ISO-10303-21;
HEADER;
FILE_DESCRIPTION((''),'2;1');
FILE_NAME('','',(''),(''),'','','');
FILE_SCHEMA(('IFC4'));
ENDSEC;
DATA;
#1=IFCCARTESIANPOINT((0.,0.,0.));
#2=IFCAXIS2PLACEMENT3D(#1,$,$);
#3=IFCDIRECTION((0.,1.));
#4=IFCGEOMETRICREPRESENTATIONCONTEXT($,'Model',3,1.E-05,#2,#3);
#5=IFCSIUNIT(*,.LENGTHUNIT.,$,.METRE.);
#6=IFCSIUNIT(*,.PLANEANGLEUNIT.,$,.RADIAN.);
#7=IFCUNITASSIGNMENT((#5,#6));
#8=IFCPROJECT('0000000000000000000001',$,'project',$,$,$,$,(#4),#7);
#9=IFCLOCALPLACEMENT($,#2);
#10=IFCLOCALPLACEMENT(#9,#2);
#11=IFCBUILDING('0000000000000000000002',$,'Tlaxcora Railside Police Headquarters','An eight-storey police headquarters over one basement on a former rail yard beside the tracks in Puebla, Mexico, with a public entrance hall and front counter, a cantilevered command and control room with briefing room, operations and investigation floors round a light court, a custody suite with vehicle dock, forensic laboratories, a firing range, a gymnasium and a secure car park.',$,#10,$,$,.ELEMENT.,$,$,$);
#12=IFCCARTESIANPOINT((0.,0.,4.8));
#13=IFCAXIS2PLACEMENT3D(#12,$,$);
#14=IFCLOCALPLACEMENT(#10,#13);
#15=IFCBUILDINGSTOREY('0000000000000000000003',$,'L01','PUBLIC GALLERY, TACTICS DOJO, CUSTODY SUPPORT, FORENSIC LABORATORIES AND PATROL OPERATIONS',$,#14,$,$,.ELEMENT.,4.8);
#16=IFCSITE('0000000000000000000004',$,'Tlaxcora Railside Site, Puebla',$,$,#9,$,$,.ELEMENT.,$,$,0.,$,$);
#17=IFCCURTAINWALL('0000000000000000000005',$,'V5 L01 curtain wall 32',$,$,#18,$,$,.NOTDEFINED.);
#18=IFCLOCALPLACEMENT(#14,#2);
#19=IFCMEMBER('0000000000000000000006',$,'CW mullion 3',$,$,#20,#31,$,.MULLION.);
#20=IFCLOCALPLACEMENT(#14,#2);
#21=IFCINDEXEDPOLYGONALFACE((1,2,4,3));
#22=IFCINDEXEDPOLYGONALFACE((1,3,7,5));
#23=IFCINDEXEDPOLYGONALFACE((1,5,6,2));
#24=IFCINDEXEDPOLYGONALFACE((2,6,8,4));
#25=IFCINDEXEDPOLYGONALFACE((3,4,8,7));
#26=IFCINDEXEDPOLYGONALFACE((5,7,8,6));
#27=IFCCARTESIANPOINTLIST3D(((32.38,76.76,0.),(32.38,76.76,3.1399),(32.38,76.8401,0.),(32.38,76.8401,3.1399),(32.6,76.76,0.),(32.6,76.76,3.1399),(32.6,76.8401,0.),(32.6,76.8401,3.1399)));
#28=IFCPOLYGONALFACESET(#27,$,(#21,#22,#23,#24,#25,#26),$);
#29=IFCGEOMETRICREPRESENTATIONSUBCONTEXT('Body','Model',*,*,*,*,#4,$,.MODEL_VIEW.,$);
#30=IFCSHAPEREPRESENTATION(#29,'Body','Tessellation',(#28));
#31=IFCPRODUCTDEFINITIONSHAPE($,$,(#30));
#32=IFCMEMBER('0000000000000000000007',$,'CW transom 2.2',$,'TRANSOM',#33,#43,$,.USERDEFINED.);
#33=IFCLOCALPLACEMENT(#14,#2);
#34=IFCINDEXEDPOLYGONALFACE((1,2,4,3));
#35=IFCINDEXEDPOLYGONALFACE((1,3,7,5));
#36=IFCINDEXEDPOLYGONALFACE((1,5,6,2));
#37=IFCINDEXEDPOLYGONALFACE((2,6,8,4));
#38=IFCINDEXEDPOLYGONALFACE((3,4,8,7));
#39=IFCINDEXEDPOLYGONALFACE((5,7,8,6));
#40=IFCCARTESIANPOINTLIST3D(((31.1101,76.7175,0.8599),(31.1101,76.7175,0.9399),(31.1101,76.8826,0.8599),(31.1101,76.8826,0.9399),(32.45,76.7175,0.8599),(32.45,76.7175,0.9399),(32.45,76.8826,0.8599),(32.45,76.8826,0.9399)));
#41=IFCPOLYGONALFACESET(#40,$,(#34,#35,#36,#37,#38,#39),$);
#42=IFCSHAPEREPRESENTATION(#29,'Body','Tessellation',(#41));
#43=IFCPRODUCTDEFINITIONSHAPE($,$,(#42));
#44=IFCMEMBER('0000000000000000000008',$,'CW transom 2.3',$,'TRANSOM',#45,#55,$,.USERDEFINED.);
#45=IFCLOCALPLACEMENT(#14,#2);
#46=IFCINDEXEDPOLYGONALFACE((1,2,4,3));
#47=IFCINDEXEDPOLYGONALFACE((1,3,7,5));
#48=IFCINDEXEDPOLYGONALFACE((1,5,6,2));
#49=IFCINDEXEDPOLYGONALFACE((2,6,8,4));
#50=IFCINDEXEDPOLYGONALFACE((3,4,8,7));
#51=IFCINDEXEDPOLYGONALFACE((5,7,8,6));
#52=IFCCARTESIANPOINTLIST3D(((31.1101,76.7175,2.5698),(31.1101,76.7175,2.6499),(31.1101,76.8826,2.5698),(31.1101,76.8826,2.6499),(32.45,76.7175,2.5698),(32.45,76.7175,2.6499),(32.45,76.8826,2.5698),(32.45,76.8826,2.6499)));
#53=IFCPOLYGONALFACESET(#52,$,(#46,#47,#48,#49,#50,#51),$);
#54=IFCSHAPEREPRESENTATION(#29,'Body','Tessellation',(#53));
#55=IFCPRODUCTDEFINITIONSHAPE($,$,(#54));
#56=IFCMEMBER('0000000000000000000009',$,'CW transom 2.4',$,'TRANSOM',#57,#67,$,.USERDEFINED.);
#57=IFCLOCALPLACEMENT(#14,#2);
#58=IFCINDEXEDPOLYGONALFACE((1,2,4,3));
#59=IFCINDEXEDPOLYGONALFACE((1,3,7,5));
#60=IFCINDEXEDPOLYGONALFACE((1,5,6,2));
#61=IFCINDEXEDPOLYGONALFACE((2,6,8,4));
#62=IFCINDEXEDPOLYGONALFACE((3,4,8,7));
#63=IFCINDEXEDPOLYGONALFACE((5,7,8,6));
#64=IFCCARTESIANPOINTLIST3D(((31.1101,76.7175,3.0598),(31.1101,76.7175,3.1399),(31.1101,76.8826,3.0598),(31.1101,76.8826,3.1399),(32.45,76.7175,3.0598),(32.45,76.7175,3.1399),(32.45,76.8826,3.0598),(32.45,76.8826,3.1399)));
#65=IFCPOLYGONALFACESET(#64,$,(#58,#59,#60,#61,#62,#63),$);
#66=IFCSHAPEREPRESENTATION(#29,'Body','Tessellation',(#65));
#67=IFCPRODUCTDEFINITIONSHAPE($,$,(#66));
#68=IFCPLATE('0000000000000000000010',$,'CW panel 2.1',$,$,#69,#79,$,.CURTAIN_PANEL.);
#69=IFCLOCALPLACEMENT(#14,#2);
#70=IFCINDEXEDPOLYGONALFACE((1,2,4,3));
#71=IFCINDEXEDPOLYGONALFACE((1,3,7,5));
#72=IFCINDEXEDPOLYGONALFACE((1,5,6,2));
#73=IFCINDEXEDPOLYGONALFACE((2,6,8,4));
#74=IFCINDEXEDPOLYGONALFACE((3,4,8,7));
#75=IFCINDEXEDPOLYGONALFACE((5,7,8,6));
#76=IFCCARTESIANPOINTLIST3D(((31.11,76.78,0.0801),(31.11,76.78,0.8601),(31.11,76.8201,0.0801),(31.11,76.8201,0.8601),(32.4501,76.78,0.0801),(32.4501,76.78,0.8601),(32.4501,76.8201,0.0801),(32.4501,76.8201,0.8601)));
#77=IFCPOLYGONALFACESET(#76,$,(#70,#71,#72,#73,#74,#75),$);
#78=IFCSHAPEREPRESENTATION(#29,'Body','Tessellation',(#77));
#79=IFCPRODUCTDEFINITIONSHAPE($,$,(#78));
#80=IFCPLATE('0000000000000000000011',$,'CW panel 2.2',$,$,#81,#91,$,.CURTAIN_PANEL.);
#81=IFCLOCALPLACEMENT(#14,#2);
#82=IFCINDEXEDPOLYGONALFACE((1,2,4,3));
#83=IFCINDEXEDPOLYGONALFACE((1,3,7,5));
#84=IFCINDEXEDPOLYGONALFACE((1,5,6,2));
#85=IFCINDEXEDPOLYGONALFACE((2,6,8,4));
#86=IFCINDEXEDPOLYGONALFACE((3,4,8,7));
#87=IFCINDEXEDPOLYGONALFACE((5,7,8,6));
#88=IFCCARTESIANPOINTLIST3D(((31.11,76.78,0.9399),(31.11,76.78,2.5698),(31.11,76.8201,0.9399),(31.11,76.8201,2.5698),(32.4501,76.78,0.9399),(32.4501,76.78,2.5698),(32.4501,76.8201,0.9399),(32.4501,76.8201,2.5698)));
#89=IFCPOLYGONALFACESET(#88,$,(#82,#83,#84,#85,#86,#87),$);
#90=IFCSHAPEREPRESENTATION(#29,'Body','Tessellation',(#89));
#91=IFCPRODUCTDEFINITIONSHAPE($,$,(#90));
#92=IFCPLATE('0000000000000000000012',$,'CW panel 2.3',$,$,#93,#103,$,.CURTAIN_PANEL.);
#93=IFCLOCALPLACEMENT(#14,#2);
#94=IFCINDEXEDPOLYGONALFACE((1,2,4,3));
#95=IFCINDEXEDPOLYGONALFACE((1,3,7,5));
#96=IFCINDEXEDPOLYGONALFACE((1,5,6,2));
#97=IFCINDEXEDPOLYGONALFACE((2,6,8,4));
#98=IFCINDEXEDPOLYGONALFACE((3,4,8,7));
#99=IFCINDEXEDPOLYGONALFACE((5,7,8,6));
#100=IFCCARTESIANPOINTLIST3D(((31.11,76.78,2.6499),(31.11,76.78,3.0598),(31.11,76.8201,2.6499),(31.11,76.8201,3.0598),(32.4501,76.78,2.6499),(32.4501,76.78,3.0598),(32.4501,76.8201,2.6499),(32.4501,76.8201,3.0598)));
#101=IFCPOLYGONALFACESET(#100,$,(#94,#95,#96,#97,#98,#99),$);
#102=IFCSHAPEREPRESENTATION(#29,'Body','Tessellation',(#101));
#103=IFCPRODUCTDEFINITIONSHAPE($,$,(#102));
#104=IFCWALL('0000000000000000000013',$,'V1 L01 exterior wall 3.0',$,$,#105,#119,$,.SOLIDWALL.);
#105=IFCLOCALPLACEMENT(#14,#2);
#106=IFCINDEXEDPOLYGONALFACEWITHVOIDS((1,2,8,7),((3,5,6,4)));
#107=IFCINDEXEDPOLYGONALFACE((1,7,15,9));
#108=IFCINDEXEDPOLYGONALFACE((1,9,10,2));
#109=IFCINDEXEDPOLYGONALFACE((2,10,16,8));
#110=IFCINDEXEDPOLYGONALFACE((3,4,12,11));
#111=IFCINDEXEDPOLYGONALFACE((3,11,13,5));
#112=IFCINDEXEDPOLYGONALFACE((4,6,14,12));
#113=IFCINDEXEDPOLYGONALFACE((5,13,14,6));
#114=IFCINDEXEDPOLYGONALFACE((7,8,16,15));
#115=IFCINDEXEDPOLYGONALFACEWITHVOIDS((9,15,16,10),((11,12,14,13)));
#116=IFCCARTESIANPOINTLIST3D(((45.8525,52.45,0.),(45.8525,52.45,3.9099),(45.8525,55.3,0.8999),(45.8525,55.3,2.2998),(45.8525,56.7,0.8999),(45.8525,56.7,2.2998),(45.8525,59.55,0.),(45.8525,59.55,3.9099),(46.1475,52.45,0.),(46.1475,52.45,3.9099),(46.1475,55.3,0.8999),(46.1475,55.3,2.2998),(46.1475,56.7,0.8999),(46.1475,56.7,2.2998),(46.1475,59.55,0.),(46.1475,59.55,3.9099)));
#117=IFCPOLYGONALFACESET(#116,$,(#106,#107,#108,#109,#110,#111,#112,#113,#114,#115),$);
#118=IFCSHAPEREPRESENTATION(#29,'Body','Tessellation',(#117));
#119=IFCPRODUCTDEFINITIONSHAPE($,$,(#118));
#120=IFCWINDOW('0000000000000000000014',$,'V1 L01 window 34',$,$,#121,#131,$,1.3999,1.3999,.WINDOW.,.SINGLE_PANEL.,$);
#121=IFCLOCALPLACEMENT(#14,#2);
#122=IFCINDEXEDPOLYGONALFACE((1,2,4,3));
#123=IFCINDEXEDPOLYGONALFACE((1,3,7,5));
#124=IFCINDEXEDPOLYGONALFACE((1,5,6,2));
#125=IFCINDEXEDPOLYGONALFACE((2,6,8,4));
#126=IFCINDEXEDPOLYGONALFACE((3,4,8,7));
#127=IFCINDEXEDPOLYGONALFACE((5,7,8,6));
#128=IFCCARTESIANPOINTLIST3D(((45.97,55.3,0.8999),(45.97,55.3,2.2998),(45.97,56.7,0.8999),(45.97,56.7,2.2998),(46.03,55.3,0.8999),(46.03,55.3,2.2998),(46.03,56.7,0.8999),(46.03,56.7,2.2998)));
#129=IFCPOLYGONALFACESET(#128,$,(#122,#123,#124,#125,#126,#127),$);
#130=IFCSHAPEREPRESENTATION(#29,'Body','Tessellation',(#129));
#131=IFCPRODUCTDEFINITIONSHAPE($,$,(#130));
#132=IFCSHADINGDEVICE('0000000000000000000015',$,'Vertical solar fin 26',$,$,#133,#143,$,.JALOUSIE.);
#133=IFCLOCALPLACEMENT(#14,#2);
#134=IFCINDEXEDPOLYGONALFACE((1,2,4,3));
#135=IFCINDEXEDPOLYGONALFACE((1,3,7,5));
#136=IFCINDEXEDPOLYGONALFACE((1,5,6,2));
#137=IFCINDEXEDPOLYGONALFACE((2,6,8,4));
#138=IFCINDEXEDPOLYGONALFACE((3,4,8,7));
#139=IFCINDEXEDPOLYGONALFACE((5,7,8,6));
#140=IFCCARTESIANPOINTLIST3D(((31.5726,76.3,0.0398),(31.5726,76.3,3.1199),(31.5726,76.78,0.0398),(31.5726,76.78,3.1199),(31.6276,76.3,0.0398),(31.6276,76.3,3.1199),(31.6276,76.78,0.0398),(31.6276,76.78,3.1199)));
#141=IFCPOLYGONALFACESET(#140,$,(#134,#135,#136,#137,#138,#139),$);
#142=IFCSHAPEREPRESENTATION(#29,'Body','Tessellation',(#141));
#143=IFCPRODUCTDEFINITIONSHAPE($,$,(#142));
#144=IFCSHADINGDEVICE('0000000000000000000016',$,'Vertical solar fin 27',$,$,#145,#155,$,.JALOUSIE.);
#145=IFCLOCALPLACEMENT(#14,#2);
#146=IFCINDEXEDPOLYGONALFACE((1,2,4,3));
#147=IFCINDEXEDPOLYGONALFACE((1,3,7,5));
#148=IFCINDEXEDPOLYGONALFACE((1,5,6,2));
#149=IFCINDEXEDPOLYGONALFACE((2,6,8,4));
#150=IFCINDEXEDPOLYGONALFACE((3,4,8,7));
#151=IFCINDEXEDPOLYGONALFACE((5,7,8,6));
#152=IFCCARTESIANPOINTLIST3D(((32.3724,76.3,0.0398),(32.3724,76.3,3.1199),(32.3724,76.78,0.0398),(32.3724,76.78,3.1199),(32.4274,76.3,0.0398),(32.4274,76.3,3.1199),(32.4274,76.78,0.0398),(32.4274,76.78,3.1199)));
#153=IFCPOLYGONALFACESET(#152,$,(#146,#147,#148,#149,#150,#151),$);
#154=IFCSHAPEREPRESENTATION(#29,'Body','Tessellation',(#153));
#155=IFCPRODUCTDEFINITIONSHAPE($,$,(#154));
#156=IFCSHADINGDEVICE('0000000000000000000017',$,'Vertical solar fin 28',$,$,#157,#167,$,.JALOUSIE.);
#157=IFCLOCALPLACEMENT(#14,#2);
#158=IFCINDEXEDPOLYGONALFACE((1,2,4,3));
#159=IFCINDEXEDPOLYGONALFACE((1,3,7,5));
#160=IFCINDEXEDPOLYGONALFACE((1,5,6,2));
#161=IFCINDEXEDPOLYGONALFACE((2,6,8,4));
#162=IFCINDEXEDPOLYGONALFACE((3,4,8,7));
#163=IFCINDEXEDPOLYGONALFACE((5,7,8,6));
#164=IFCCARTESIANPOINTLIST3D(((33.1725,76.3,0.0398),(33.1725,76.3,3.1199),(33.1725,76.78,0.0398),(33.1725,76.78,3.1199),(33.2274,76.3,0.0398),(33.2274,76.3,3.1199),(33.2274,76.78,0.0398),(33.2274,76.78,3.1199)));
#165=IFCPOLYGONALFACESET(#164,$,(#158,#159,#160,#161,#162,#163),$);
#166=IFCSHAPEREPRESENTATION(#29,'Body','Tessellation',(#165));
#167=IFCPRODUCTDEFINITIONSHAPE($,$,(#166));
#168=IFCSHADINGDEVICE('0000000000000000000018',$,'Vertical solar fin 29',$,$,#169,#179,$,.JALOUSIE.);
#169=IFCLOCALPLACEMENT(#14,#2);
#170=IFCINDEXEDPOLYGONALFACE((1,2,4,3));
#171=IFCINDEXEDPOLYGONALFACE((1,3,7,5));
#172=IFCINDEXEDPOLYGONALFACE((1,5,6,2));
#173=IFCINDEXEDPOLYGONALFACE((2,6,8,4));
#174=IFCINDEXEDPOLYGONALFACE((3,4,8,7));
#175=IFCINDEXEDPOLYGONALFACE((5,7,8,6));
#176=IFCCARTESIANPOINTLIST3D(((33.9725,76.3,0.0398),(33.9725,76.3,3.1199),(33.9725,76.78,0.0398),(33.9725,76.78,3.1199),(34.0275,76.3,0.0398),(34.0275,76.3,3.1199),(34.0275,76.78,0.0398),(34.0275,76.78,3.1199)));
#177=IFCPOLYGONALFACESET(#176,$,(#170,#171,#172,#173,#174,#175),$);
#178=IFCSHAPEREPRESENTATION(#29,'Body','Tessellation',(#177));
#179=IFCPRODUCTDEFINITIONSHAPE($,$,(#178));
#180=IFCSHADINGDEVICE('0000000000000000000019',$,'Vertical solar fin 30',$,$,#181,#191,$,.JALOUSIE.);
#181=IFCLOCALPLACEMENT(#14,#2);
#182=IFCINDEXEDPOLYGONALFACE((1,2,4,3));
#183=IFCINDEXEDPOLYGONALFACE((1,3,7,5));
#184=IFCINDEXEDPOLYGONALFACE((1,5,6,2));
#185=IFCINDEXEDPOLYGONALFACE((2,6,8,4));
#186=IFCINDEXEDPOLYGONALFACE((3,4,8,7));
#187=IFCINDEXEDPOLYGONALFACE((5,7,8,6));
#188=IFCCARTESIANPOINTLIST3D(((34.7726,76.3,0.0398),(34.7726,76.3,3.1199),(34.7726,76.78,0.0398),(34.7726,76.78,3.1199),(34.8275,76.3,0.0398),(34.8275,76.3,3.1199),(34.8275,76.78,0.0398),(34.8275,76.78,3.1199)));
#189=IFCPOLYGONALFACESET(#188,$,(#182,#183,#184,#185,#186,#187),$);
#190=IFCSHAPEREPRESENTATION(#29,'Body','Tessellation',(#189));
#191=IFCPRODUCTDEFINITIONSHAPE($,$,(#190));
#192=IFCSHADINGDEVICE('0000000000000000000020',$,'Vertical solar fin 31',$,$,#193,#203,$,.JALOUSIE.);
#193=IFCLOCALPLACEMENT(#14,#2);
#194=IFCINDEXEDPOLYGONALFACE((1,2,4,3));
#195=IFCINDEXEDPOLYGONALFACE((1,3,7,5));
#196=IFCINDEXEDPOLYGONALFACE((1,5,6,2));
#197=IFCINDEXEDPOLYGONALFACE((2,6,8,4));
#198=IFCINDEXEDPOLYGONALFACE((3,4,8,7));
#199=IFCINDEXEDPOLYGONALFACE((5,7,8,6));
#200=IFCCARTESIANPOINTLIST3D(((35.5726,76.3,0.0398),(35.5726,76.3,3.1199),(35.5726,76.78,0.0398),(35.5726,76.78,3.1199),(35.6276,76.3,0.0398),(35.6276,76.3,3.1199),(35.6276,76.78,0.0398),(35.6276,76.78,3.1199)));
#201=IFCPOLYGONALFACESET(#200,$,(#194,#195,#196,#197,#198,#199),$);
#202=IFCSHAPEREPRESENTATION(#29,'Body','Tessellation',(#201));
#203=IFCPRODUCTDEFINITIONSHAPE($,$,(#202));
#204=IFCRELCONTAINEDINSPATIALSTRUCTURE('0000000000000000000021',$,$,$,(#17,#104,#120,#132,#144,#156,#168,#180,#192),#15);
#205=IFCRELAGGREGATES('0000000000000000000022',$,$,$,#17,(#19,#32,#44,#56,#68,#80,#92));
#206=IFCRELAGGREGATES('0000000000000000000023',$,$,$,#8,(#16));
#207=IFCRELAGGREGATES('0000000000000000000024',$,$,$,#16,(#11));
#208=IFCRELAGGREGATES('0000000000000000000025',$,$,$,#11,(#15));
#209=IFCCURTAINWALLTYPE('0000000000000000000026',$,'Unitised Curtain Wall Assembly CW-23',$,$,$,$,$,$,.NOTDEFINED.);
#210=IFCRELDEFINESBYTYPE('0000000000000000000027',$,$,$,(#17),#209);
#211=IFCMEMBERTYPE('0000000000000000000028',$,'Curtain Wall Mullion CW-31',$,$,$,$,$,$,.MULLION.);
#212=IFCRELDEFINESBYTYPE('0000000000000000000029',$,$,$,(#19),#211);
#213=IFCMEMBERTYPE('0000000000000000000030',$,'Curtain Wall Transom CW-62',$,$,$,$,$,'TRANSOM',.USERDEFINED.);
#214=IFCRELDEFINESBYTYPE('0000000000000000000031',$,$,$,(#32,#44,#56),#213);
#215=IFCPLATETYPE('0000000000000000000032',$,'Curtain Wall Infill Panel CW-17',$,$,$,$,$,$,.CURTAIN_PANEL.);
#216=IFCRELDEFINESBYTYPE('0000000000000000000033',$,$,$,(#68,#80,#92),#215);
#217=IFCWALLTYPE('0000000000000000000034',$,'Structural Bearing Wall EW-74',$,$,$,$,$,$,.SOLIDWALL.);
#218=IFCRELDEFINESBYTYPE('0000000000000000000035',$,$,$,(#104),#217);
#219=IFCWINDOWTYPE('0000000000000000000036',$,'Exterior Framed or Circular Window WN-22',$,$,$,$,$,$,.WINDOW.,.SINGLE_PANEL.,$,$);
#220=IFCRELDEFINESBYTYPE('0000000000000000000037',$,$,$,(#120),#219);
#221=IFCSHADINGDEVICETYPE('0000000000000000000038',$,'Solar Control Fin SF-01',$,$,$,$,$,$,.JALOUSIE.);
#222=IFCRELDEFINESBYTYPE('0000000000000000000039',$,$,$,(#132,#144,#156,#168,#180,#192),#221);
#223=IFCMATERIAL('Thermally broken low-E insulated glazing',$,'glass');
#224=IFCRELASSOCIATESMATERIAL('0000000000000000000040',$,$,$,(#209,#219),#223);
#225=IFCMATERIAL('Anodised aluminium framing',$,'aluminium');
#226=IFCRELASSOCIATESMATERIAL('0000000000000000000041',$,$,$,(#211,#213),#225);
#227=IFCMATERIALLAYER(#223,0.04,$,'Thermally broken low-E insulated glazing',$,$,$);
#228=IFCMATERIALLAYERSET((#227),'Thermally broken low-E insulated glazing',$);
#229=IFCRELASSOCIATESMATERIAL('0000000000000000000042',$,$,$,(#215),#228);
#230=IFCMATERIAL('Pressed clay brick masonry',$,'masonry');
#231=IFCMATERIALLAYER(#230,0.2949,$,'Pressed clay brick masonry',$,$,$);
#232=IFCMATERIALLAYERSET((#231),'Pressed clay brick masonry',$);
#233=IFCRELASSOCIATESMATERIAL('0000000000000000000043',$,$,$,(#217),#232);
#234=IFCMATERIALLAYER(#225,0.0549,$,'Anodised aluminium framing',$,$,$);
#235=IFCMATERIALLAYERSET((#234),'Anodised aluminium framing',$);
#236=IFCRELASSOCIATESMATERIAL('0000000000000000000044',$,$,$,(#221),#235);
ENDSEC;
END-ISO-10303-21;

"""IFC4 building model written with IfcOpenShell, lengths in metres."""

from ifc_helpers import new_model, si_unit, direction, frame, frame_2d, origin, origin_2d, place, context, subcontext, project, spatial, rectangle, extrude, material, layer, layer_set, material_profile, profile_set, type_object, element, fill, aggregate, save


model = new_model("IFC4")

# Units and contexts
model_context = context("Model", 3, precision=1e-05, world=origin(), true_north=direction((0.0, 1.0)))
body_context = subcontext(model_context, "Body", "Model", "MODEL_VIEW")
ifc_project = project(units=[si_unit("LENGTHUNIT", "METRE"), si_unit("PLANEANGLEUNIT", "RADIAN")], contexts=[model_context])

# Site, building, storey
site_placement = place(None, origin())
site = spatial("IfcSite", under=ifc_project, at=site_placement, Name="Tlaxcora Railside Site, Puebla", CompositionType="ELEMENT", RefElevation=0.0)
building_placement = place(site_placement, origin())
building = spatial("IfcBuilding", under=site, at=building_placement, Name="Tlaxcora Railside Police Headquarters", Description="An eight-storey police headquarters over one basement on a former rail yard beside the tracks in Puebla, Mexico, with a public entrance hall and front counter, a cantilevered command and control room with briefing room, operations and investigation floors round a light court, a custody suite with vehicle dock, forensic laboratories, a firing range, a gymnasium and a secure car park.", CompositionType="ELEMENT")
storey_placement = place(building_placement, frame((0.0, 0.0, 4.8)))
storey = spatial("IfcBuildingStorey", under=building, at=storey_placement, Name="L01", Description="PUBLIC GALLERY, TACTICS DOJO, CUSTODY SUPPORT, FORENSIC LABORATORIES AND PATROL OPERATIONS", CompositionType="ELEMENT", Elevation=4.8)

# Curtain wall, members, plates
ifc_material_1 = material(Name="Thermally broken low-E insulated glazing", Category="glass")
curtain_wall_type = type_object("IfcCurtainWallType", Name="Unitised Curtain Wall Assembly CW-23", PredefinedType="NOTDEFINED", material=ifc_material_1)
curtain_wall_placement = place(storey_placement, origin())
curtain_wall = element("IfcCurtainWall", 1, at=curtain_wall_placement, inside=storey, type_object=curtain_wall_type, Name="V5 L01 curtain wall 32", PredefinedType="NOTDEFINED")
ifc_material_2 = material(Name="Anodised aluminium framing", Category="aluminium")
ifc_material_profile_1 = material_profile(ifc_material_2, rectangle(XDim=0.0801, YDim=0.22, at=origin_2d()), Name="AL80X220")
ifc_profile_set_1 = profile_set([ifc_material_profile_1], Name="Anodised aluminium framing")
member_type_1 = type_object("IfcMemberType", Name="Curtain Wall Mullion CW-31", PredefinedType="MULLION", material=ifc_profile_set_1)
member_1_placement = place(storey_placement, frame((32.49, 76.8, 0.0), z_axis=(0.0, 0.0, 1.0), x_axis=(0.0, 1.0, 0.0)))
member_1 = element("IfcMember", 2, at=member_1_placement, type_object=member_type_1, Name="CW mullion 3", PredefinedType="MULLION", context=body_context, shape_type="SweptSolid", body=[
    extrude(rectangle(XDim=0.0801, YDim=0.22, at=origin_2d()), origin(), (0.0, 0.0, 1.0), 3.1399),
])
ifc_material_profile_2 = material_profile(ifc_material_2, rectangle(XDim=0.165, YDim=0.0801, at=origin_2d()), Name="AL80X165")
ifc_profile_set_2 = profile_set([ifc_material_profile_2], Name="Anodised aluminium framing")
member_type_2 = type_object("IfcMemberType", Name="Curtain Wall Transom CW-62", ElementType="TRANSOM", PredefinedType="USERDEFINED", material=ifc_profile_set_2)
member_2_placement = place(storey_placement, frame((31.1101, 76.8, 0.8999), z_axis=(1.0, 0.0, 0.0), x_axis=(0.0, 1.0, 0.0)))
member_2 = element("IfcMember", 3, at=member_2_placement, type_object=member_type_2, Name="CW transom 2.2", ObjectType="TRANSOM", PredefinedType="USERDEFINED", context=body_context, shape_type="SweptSolid", body=[
    extrude(rectangle(XDim=0.165, YDim=0.0801, at=origin_2d()), origin(), (0.0, 0.0, 1.0), 1.3398),
])
member_3_placement = place(storey_placement, frame((31.1101, 76.8, 2.6099), z_axis=(1.0, 0.0, 0.0), x_axis=(0.0, 1.0, 0.0)))
member_3 = element("IfcMember", 4, at=member_3_placement, type_object=member_type_2, Name="CW transom 2.3", ObjectType="TRANSOM", PredefinedType="USERDEFINED", context=body_context, shape_type="SweptSolid", body=[
    extrude(rectangle(XDim=0.165, YDim=0.0801, at=origin_2d()), origin(), (0.0, 0.0, 1.0), 1.3398),
])
member_4_placement = place(storey_placement, frame((31.1101, 76.8, 3.0999), z_axis=(1.0, 0.0, 0.0), x_axis=(0.0, 1.0, 0.0)))
member_4 = element("IfcMember", 5, at=member_4_placement, type_object=member_type_2, Name="CW transom 2.4", ObjectType="TRANSOM", PredefinedType="USERDEFINED", context=body_context, shape_type="SweptSolid", body=[
    extrude(rectangle(XDim=0.165, YDim=0.0801, at=origin_2d()), origin(), (0.0, 0.0, 1.0), 1.3398),
])
ifc_layer_1 = layer(ifc_material_1, 0.04, Name="Thermally broken low-E insulated glazing")
ifc_layer_set_1 = layer_set([ifc_layer_1], Name="Thermally broken low-E insulated glazing")
plate_type = type_object("IfcPlateType", Name="Curtain Wall Infill Panel CW-17", PredefinedType="CURTAIN_PANEL", material=ifc_layer_set_1)
plate_1_placement = place(storey_placement, frame((31.78, 76.8, 0.0801), z_axis=(0.0, 0.0, 1.0), x_axis=(1.0, 0.0, 0.0)))
plate_1 = element("IfcPlate", 6, at=plate_1_placement, type_object=plate_type, Name="CW panel 2.1", PredefinedType="CURTAIN_PANEL", context=body_context, shape_type="SweptSolid", body=[
    extrude(rectangle(XDim=1.3401, YDim=0.04, at=origin_2d()), origin(), (0.0, 0.0, 1.0), 0.78),
])
plate_2_placement = place(storey_placement, frame((31.78, 76.8, 0.9399), z_axis=(0.0, 0.0, 1.0), x_axis=(1.0, 0.0, 0.0)))
plate_2 = element("IfcPlate", 7, at=plate_2_placement, type_object=plate_type, Name="CW panel 2.2", PredefinedType="CURTAIN_PANEL", context=body_context, shape_type="SweptSolid", body=[
    extrude(rectangle(XDim=1.3401, YDim=0.04, at=origin_2d()), origin(), (0.0, 0.0, 1.0), 1.6299),
])
plate_3_placement = place(storey_placement, frame((31.78, 76.8, 2.6499), z_axis=(0.0, 0.0, 1.0), x_axis=(1.0, 0.0, 0.0)))
plate_3 = element("IfcPlate", 8, at=plate_3_placement, type_object=plate_type, Name="CW panel 2.3", PredefinedType="CURTAIN_PANEL", context=body_context, shape_type="SweptSolid", body=[
    extrude(rectangle(XDim=1.3401, YDim=0.04, at=origin_2d()), origin(), (0.0, 0.0, 1.0), 0.4099),
])
aggregate(curtain_wall, [member_1, member_2, member_3, member_4, plate_1, plate_2, plate_3])

# Wall, opening, window
ifc_material_3 = material(Name="Pressed clay brick masonry", Category="masonry")
ifc_layer_2 = layer(ifc_material_3, 0.2949, Name="Pressed clay brick masonry")
ifc_layer_set_2 = layer_set([ifc_layer_2], Name="Pressed clay brick masonry")
wall_type = type_object("IfcWallType", Name="Structural Bearing Wall EW-74", PredefinedType="SOLIDWALL", material=ifc_layer_set_2)
wall_placement = place(storey_placement, frame((46.0, 59.55, 0.0), z_axis=(0.0, 0.0, 1.0), x_axis=(0.0, -1.0, 0.0)))
wall = element("IfcWall", 9, at=wall_placement, inside=storey, type_object=wall_type, Name="V1 L01 exterior wall 3.0", PredefinedType="SOLIDWALL", context=body_context, shape_type="SweptSolid", body=[
    extrude(rectangle(XDim=7.1001, YDim=0.2949, at=frame_2d((3.55, 0.0))), origin(), (0.0, 0.0, 1.0), 3.9099),
])
opening_placement = place(wall_placement, frame((2.8501, 0.0, 0.8999)))
opening = element("IfcOpeningElement", 10, at=opening_placement, cuts=wall, PredefinedType="OPENING", context=body_context, shape_type="SweptSolid", body=[
    extrude(rectangle(XDim=1.3999, YDim=1.3999, at=frame_2d((0.7, 0.7))), frame((0.0, 0.1575, 0.0), z_axis=(0.0, -1.0, 0.0), x_axis=(1.0, 0.0, 0.0)), (0.0, 0.0, 1.0), 0.3149),
])
window_type = type_object("IfcWindowType", Name="Exterior Framed or Circular Window WN-22", PartitioningType="SINGLE_PANEL", PredefinedType="WINDOW", material=ifc_material_1)
window_placement = place(opening_placement, origin())
window = element("IfcWindow", 11, at=window_placement, inside=storey, type_object=window_type, Name="V1 L01 window 34", OverallHeight=1.3999, OverallWidth=1.3999, PartitioningType="SINGLE_PANEL", PredefinedType="WINDOW", context=body_context, shape_type="SweptSolid", body=[
    extrude(rectangle(XDim=1.3999, YDim=1.3999, at=frame_2d((0.7, 0.7))), frame((0.0, 0.03, 0.0), z_axis=(0.0, -1.0, 0.0), x_axis=(1.0, 0.0, 0.0)), (0.0, 0.0, 1.0), 0.0601),
])
fill(opening, window)

# Shading devices
ifc_layer_3 = layer(ifc_material_2, 0.0549, Name="Anodised aluminium framing")
ifc_layer_set_3 = layer_set([ifc_layer_3], Name="Anodised aluminium framing")
shading_device_type = type_object("IfcShadingDeviceType", Name="Solar Control Fin SF-01", PredefinedType="JALOUSIE", material=ifc_layer_set_3)
for number, where, z_axis, x_axis, name in (
    (12, (31.6001, 76.54, 0.0398), (0.0, 0.0, 1.0), (0.0, -1.0, 0.0), "Vertical solar fin 26"),
    (13, (32.3999, 76.54, 0.0398), (0.0, 0.0, 1.0), (0.0, -1.0, 0.0), "Vertical solar fin 27"),
    (14, (33.2, 76.54, 0.0398), (0.0, 0.0, 1.0), (0.0, -1.0, 0.0), "Vertical solar fin 28"),
    (15, (34.0, 76.54, 0.0398), (0.0, 0.0, 1.0), (0.0, -1.0, 0.0), "Vertical solar fin 29"),
    (16, (34.8, 76.54, 0.0398), (0.0, 0.0, 1.0), (0.0, -1.0, 0.0), "Vertical solar fin 30"),
    (17, (35.6001, 76.54, 0.0398), (0.0, 0.0, 1.0), (0.0, -1.0, 0.0), "Vertical solar fin 31"),
):
    element("IfcShadingDevice", number, at=place(storey_placement, frame(where, z_axis=z_axis, x_axis=x_axis)), inside=storey, type_object=shading_device_type, Name=name, PredefinedType="JALOUSIE", context=body_context, shape_type="SweptSolid", body=[
        extrude(rectangle(XDim=0.48, YDim=0.0549, at=origin_2d()), origin(), (0.0, 0.0, 1.0), 3.0801),
    ])

save(model, "model.ifc")
